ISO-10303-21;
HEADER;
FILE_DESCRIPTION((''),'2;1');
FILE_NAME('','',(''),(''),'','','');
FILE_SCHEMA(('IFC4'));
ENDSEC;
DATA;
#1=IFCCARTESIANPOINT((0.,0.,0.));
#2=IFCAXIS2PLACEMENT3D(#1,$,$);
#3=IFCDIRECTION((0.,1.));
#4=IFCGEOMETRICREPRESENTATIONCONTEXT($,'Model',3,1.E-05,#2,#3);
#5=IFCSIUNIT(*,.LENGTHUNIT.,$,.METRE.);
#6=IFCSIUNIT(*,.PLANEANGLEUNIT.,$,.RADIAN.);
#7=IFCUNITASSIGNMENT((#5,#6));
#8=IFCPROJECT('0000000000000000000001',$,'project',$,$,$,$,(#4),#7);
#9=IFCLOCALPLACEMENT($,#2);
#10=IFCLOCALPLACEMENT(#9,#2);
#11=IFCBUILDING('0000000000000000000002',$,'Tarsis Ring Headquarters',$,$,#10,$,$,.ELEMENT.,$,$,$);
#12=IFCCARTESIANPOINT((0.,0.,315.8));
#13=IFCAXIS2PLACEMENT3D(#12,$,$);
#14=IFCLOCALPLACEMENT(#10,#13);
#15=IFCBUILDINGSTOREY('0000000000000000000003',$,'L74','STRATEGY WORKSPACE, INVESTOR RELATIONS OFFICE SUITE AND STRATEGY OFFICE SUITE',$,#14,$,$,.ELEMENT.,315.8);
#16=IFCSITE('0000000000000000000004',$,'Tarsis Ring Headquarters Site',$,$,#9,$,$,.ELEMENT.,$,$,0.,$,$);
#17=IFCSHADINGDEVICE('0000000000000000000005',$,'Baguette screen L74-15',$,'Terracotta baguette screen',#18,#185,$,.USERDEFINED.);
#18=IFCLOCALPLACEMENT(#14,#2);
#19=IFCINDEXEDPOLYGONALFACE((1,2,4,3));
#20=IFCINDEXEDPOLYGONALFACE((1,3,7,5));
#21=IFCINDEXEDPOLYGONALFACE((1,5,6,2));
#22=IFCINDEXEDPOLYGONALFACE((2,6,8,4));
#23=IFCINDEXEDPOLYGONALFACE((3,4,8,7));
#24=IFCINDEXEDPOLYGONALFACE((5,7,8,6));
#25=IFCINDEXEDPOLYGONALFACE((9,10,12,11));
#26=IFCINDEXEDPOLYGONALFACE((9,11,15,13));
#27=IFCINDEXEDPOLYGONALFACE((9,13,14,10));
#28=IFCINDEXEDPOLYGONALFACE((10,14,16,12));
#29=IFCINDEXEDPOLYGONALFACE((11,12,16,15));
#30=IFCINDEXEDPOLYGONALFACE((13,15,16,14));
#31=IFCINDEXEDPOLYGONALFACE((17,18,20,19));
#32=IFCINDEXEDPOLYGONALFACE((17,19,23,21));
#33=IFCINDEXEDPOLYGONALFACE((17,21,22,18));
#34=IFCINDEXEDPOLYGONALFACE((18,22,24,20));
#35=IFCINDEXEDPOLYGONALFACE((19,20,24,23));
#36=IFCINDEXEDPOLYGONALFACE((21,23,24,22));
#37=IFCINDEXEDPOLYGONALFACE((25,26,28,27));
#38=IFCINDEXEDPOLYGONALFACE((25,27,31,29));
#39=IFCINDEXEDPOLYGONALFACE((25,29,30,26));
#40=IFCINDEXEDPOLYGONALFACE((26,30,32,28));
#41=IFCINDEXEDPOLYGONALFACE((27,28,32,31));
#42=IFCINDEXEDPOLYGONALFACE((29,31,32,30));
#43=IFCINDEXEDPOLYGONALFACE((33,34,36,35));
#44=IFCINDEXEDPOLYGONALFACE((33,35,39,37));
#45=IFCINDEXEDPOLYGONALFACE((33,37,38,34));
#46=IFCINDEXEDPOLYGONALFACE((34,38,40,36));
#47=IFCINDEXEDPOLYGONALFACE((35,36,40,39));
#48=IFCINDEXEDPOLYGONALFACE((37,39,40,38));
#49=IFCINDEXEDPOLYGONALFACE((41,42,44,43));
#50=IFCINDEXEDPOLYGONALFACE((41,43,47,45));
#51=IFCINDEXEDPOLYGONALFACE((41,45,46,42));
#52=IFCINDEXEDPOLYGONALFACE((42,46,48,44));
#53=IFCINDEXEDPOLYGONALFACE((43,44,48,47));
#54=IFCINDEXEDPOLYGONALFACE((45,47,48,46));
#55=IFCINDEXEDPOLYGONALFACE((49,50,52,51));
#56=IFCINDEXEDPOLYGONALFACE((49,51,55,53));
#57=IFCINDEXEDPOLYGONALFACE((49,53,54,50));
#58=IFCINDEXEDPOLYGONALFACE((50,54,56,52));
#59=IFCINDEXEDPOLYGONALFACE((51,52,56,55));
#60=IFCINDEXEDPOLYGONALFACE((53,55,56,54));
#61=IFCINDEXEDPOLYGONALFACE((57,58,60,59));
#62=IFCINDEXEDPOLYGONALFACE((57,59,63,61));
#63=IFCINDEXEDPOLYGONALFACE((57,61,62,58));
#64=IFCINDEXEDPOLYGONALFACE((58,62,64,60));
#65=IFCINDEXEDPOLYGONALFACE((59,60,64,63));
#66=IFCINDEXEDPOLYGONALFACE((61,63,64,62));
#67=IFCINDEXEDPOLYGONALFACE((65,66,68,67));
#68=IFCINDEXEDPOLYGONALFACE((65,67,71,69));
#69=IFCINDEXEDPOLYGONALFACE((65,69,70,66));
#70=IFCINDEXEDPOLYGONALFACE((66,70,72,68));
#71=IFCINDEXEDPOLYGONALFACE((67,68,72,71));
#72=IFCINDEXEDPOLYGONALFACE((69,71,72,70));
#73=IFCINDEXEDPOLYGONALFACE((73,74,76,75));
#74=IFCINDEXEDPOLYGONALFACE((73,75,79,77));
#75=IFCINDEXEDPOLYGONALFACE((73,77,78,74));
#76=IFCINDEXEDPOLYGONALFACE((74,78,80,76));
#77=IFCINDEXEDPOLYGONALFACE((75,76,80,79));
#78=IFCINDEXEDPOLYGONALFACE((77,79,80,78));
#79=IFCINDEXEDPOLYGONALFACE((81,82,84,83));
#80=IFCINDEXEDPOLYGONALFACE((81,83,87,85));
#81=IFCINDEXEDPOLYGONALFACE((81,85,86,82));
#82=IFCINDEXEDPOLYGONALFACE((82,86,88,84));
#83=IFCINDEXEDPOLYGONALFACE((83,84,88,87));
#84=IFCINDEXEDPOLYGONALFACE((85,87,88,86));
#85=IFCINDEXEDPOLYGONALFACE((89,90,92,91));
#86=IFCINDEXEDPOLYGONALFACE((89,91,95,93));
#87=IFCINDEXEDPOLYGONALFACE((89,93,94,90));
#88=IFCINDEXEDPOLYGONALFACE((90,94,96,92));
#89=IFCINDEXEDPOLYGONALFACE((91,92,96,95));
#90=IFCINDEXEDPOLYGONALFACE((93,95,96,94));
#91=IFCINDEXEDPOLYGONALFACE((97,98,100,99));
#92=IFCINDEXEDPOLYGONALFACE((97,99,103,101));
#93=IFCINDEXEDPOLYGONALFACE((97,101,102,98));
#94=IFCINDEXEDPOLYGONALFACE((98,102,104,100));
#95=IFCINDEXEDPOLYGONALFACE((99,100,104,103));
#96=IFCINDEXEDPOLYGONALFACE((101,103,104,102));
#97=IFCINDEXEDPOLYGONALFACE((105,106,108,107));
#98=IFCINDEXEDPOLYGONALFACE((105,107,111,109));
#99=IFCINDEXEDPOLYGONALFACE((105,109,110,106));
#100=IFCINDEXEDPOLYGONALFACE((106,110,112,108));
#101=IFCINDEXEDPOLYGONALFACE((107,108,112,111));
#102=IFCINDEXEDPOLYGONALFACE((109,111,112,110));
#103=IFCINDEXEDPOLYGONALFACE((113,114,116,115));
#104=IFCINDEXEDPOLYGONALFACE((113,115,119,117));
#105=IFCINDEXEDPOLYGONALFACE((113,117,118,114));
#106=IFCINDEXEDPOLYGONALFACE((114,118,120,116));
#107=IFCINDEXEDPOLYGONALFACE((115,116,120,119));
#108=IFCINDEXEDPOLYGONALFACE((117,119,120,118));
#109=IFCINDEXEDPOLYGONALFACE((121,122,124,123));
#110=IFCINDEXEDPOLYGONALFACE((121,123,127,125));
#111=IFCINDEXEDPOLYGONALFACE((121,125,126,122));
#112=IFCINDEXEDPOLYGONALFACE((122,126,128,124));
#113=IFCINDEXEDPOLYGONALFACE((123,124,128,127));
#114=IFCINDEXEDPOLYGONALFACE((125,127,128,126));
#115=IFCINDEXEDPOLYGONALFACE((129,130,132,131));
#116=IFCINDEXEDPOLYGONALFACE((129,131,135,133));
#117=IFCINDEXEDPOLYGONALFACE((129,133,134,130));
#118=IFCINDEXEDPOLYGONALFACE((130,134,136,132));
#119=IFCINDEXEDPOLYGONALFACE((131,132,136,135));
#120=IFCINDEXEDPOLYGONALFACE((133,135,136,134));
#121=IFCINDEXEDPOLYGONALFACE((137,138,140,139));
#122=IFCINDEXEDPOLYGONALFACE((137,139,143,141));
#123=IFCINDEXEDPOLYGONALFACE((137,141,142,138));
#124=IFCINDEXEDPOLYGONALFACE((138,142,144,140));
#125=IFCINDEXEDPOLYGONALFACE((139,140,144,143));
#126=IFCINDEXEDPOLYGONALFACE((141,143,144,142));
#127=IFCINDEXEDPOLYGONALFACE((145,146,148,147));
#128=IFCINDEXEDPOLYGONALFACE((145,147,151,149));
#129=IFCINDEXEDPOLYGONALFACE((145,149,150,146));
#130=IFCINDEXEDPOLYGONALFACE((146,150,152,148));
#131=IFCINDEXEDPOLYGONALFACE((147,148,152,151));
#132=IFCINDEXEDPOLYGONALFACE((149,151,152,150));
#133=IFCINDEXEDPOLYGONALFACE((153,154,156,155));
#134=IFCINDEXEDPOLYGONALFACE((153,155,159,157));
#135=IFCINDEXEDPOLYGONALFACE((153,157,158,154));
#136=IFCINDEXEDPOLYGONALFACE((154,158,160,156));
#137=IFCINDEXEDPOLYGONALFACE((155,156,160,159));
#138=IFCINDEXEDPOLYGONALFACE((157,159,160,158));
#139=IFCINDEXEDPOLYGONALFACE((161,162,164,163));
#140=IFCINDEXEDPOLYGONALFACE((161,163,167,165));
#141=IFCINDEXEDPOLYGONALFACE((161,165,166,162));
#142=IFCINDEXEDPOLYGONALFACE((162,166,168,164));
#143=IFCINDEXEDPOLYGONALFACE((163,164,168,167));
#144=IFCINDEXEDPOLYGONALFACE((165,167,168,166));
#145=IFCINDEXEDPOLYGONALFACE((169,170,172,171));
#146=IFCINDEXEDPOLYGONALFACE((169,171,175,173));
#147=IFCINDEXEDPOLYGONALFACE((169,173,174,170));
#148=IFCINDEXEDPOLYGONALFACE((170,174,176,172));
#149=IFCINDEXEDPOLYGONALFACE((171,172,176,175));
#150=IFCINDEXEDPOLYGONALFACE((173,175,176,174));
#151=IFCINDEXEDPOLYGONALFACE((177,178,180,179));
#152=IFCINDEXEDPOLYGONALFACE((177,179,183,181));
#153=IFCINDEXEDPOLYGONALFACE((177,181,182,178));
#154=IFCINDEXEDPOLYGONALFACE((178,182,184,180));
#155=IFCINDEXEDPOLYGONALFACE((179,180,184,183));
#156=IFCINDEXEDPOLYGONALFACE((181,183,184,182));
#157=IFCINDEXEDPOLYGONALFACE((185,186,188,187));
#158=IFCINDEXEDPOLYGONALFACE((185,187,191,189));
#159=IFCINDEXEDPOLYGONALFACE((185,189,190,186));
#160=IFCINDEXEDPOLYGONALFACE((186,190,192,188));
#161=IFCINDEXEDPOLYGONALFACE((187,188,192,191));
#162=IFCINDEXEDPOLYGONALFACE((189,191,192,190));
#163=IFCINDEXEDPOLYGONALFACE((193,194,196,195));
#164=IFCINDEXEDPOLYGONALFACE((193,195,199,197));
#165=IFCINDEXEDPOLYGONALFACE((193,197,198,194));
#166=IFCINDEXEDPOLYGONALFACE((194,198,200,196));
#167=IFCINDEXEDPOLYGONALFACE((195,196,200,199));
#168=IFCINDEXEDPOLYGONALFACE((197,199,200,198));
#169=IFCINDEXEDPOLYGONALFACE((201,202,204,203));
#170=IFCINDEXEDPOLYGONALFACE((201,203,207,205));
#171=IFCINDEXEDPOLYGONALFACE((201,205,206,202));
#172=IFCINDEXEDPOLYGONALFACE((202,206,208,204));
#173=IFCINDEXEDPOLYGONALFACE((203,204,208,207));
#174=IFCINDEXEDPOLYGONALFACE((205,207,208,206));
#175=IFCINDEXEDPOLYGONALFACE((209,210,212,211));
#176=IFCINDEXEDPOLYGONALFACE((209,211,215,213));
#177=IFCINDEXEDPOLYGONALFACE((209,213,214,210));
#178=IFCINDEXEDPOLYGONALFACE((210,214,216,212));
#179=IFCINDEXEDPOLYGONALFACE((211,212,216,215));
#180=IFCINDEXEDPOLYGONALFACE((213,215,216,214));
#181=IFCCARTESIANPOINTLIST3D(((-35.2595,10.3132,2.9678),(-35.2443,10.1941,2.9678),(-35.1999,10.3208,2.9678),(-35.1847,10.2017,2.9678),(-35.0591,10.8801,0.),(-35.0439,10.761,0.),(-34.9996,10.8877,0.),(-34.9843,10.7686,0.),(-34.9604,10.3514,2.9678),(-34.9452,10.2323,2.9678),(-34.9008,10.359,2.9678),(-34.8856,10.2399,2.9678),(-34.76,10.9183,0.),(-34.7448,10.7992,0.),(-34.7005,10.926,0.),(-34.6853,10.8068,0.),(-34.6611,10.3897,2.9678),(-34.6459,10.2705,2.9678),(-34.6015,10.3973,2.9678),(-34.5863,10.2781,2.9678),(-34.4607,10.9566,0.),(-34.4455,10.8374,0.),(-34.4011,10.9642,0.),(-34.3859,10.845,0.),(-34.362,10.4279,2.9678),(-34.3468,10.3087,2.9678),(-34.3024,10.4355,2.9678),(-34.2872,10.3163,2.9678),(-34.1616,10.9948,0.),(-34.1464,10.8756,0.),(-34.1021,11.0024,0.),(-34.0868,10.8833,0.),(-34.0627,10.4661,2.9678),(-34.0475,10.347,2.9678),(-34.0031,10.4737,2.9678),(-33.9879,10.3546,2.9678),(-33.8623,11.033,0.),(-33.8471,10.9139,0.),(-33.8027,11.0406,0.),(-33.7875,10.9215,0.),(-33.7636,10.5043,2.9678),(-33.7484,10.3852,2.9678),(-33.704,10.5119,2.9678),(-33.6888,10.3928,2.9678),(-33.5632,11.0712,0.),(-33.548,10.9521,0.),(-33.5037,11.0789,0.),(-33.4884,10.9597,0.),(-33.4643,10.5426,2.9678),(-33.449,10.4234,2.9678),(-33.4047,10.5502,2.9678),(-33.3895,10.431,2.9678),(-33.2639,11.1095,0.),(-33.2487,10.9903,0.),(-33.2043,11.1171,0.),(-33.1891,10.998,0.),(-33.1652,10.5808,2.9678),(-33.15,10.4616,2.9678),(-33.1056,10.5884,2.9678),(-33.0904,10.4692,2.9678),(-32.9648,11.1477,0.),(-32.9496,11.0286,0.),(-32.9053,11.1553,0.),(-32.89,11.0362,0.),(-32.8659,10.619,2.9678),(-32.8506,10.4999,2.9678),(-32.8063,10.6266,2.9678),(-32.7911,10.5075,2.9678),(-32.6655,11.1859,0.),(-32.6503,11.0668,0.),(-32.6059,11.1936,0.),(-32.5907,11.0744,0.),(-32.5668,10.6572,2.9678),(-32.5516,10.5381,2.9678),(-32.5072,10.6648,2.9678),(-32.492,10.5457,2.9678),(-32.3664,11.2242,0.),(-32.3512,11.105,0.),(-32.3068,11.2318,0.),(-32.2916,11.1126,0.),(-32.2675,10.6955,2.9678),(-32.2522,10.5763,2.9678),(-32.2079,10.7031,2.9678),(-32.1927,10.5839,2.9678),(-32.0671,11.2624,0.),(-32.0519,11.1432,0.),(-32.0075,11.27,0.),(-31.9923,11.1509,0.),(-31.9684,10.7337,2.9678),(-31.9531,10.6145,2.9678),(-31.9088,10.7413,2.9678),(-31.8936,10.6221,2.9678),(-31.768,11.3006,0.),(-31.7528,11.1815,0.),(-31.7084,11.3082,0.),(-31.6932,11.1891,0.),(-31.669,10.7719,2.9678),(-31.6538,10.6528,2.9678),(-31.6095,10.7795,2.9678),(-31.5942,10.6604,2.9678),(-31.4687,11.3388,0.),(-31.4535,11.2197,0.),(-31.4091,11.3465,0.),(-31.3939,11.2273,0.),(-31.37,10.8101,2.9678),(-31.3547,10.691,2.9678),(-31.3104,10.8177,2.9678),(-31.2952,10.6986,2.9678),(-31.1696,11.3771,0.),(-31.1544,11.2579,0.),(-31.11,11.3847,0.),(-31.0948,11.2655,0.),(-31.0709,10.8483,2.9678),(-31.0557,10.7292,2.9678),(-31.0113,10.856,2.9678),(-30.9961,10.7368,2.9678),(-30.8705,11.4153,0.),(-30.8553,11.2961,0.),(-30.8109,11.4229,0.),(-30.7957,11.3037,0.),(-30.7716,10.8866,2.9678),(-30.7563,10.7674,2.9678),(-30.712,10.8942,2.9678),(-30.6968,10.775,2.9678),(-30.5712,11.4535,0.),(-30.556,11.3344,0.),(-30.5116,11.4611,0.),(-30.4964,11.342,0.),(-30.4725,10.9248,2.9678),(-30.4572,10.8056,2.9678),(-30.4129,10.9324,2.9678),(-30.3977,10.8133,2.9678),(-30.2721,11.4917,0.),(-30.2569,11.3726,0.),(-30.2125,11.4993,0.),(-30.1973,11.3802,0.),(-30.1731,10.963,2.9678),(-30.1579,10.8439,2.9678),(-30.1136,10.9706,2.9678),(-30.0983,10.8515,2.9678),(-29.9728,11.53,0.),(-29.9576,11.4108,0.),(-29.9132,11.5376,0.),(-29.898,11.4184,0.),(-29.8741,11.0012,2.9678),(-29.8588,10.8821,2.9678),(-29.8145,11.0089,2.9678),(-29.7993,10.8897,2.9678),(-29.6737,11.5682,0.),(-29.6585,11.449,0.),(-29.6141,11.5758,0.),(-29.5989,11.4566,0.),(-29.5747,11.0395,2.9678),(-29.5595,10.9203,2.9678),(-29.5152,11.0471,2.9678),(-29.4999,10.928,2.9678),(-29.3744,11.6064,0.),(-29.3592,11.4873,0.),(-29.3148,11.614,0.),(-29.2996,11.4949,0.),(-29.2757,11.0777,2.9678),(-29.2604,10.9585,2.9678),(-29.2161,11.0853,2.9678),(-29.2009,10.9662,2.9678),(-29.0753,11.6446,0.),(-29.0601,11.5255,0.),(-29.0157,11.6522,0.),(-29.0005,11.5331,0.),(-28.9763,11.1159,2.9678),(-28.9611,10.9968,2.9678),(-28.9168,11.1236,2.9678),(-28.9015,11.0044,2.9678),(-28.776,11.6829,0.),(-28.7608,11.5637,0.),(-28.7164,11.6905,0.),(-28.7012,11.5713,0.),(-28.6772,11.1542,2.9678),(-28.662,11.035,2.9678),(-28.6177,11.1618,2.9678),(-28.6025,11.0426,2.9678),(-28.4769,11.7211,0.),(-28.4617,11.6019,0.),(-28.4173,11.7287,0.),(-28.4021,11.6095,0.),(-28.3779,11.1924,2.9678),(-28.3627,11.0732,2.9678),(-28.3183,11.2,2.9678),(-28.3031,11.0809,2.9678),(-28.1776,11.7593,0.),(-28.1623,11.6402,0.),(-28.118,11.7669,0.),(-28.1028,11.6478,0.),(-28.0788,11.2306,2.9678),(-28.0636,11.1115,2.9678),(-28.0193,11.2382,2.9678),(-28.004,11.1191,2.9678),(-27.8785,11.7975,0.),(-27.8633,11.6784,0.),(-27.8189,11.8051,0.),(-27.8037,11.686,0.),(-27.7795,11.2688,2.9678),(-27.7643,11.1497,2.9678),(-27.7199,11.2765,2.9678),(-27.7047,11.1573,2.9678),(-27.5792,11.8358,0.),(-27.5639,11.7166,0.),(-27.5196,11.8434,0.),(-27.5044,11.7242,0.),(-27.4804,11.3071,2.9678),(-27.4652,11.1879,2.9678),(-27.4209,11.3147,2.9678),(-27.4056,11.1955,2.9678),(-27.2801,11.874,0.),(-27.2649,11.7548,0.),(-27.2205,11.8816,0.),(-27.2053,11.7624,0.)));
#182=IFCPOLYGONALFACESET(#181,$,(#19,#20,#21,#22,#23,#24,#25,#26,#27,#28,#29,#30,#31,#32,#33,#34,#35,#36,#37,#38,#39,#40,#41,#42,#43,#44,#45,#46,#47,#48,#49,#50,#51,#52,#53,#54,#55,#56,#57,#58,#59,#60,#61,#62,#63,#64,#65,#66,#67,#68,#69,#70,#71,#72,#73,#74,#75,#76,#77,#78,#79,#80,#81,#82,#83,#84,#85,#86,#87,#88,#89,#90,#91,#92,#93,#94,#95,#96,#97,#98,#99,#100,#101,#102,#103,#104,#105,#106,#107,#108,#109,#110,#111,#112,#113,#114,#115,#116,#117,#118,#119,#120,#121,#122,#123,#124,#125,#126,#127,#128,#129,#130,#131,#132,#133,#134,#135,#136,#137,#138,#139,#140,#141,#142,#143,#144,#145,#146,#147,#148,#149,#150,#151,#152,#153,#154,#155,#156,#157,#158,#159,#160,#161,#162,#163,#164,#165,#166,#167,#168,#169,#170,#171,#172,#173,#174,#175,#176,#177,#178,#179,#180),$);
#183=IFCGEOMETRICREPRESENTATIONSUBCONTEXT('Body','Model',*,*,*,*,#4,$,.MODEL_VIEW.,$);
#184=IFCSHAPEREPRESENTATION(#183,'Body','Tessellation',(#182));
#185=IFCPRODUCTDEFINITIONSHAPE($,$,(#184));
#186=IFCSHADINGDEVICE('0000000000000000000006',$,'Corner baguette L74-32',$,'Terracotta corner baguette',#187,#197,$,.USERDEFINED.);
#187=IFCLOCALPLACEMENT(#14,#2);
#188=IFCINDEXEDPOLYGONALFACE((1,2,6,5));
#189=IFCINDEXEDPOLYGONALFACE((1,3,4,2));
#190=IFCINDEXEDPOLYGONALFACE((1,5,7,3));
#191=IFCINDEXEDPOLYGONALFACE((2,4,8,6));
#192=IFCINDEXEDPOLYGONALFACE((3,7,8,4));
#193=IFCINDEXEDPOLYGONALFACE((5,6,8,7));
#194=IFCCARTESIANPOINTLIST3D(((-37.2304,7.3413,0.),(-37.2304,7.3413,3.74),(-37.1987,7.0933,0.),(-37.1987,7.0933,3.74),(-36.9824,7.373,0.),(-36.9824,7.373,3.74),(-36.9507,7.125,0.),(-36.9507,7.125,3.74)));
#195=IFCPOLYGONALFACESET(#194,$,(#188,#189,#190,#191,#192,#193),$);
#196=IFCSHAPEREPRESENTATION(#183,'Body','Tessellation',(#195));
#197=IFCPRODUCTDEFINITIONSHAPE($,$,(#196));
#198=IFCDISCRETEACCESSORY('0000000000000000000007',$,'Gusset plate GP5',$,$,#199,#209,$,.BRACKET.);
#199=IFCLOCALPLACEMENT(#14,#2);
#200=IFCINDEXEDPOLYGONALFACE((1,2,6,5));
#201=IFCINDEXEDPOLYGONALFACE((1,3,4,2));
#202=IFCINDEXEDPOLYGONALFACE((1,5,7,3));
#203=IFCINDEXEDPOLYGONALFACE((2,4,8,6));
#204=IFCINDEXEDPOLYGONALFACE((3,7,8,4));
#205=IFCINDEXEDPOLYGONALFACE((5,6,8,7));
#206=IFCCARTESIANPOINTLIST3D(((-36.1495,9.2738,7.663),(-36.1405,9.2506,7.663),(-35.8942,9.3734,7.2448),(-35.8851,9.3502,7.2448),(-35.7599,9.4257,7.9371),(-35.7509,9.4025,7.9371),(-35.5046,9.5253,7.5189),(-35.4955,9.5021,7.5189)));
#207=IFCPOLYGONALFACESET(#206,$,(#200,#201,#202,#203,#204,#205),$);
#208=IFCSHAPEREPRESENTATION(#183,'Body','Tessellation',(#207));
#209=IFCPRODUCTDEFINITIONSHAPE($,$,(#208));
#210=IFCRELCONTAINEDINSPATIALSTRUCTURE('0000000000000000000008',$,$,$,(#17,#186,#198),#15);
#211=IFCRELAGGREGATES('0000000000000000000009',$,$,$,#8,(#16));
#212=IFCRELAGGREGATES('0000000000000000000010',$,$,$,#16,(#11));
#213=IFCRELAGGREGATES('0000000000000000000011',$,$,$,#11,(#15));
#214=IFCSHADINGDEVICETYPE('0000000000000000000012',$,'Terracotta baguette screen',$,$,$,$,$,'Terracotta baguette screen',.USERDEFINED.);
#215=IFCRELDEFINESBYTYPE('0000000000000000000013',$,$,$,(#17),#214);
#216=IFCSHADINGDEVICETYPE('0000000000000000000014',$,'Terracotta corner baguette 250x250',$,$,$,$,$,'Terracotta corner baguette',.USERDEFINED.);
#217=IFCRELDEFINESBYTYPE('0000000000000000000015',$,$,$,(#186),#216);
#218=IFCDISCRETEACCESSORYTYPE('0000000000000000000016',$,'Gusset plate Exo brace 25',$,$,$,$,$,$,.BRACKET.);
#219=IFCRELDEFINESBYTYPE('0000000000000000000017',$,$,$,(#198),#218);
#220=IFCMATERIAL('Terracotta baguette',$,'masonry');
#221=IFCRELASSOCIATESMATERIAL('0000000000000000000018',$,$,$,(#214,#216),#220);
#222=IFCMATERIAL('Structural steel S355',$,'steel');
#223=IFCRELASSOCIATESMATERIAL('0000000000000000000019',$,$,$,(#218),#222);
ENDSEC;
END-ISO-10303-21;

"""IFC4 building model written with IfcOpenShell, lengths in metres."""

from ifc_helpers import new_model, si_unit, direction, frame, frame_2d, origin, origin_2d, place, context, subcontext, project, spatial, rectangle, composite_profile, extrude, material, material_profile, profile_set, type_object, element, save


model = new_model("IFC4")

# Units and contexts
model_context = context("Model", 3, precision=1e-05, world=origin(), true_north=direction((0.0, 1.0)))
body_context = subcontext(model_context, "Body", "Model", "MODEL_VIEW")
ifc_project = project(units=[si_unit("LENGTHUNIT", "METRE"), si_unit("PLANEANGLEUNIT", "RADIAN")], contexts=[model_context])

# Site, building, storey
site_placement = place(None, origin())
site = spatial("IfcSite", under=ifc_project, at=site_placement, Name="Tarsis Ring Headquarters Site", CompositionType="ELEMENT", RefElevation=0.0)
building_placement = place(site_placement, origin())
building = spatial("IfcBuilding", under=site, at=building_placement, Name="Tarsis Ring Headquarters", CompositionType="ELEMENT")
storey_placement = place(building_placement, frame((0.0, 0.0, 315.8)))
storey = spatial("IfcBuildingStorey", under=building, at=storey_placement, Name="L74", Description="STRATEGY WORKSPACE, INVESTOR RELATIONS OFFICE SUITE AND STRATEGY OFFICE SUITE", CompositionType="ELEMENT", Elevation=315.8)

# Shared definitions
ifc_material_1 = material(Name="Structural steel S355", Category="steel")

# Shading devices
ifc_material_2 = material(Name="Terracotta baguette", Category="masonry")
shading_device_type_1 = type_object("IfcShadingDeviceType", Name="Terracotta baguette screen", ElementType="Terracotta baguette screen", PredefinedType="USERDEFINED", material=ifc_material_2)
shading_device_1_placement = place(storey_placement, frame((-27.2129, 11.822, 0.0), z_axis=(0.0, 0.0, 1.0), x_axis=(-0.991936, -0.12673, 0.0)))
element("IfcShadingDevice", 1, at=shading_device_1_placement, inside=storey, type_object=shading_device_type_1, Name="Baguette screen L74-15", ObjectType="Terracotta baguette screen", PredefinedType="USERDEFINED", context=body_context, shape_type="SweptSolid", body=[
    extrude(composite_profile([rectangle(XDim=0.0601, YDim=0.1201, at=frame_2d((0.03, 0.0))), rectangle(XDim=0.0601, YDim=0.1201, at=frame_2d((0.3315, 0.0))), rectangle(XDim=0.0601, YDim=0.1201, at=frame_2d((0.6333, 0.0))), rectangle(XDim=0.0601, YDim=0.1201, at=frame_2d((0.9348, 0.0))), rectangle(XDim=0.0601, YDim=0.1201, at=frame_2d((1.2366, 0.0))), rectangle(XDim=0.0601, YDim=0.1201, at=frame_2d((1.5381, 0.0))), rectangle(XDim=0.0601, YDim=0.1201, at=frame_2d((1.8398, 0.0))), rectangle(XDim=0.0601, YDim=0.1201, at=frame_2d((2.1414, 0.0))), rectangle(XDim=0.0601, YDim=0.1201, at=frame_2d((2.4431, 0.0))), rectangle(XDim=0.0601, YDim=0.1201, at=frame_2d((2.7446, 0.0))), rectangle(XDim=0.0601, YDim=0.1201, at=frame_2d((3.0464, 0.0))), rectangle(XDim=0.0601, YDim=0.1201, at=frame_2d((3.3479, 0.0))), rectangle(XDim=0.0601, YDim=0.1201, at=frame_2d((3.6497, 0.0))), rectangle(XDim=0.0601, YDim=0.1201, at=frame_2d((3.9512, 0.0))), rectangle(XDim=0.0601, YDim=0.1201, at=frame_2d((4.2527, 0.0))), rectangle(XDim=0.0601, YDim=0.1201, at=frame_2d((4.5544, 0.0))), rectangle(XDim=0.0601, YDim=0.1201, at=frame_2d((4.856, 0.0))), rectangle(XDim=0.0601, YDim=0.1201, at=frame_2d((5.1577, 0.0))), rectangle(XDim=0.0601, YDim=0.1201, at=frame_2d((5.4592, 0.0))), rectangle(XDim=0.0601, YDim=0.1201, at=frame_2d((5.761, 0.0))), rectangle(XDim=0.0601, YDim=0.1201, at=frame_2d((6.0625, 0.0))), rectangle(XDim=0.0601, YDim=0.1201, at=frame_2d((6.3643, 0.0))), rectangle(XDim=0.0601, YDim=0.1201, at=frame_2d((6.6658, 0.0))), rectangle(XDim=0.0601, YDim=0.1201, at=frame_2d((6.9675, 0.0))), rectangle(XDim=0.0601, YDim=0.1201, at=frame_2d((7.269, 0.0))), rectangle(XDim=0.0601, YDim=0.1201, at=frame_2d((7.5708, 0.0))), rectangle(XDim=0.0601, YDim=0.1201, at=frame_2d((7.8723, 0.0)))]), origin(), (0.08936, 0.177329, 0.980086), 3.0281),
])
shading_device_type_2 = type_object("IfcShadingDeviceType", Name="Terracotta corner baguette 250x250", ElementType="Terracotta corner baguette", PredefinedType="USERDEFINED", material=ifc_material_2)
shading_device_2_placement = place(storey_placement, frame((-37.0906, 7.2332, 0.0), z_axis=(0.0, 0.0, 1.0), x_axis=(-0.991939, -0.126718, 0.0)))
element("IfcShadingDevice", 2, at=shading_device_2_placement, inside=storey, type_object=shading_device_type_2, Name="Corner baguette L74-32", ObjectType="Terracotta corner baguette", PredefinedType="USERDEFINED", context=body_context, shape_type="SweptSolid", body=[
    extrude(rectangle(XDim=0.25, YDim=0.25, at=origin_2d()), origin(), (0.0, 0.0, 1.0), 3.74),
])

# Discrete accessory
ifc_material_profile_1 = material_profile(ifc_material_1, rectangle(XDim=0.0249, YDim=0.5, at=origin_2d()), Name="PL 25x500")
ifc_profile_set_1 = profile_set([ifc_material_profile_1], Name="Structural steel S355")
discrete_accessory_type = type_object("IfcDiscreteAccessoryType", Name="Gusset plate Exo brace 25", PredefinedType="BRACKET", material=ifc_profile_set_1)
for number, where, z_axis, x_axis, name in (
    (3, (-35.9502, 9.3381, 7.8), (0.510703, 0.199203, -0.836361), (-0.363392, 0.931636, 0.0), "Gusset plate GP5"),
):
    element("IfcDiscreteAccessory", number, at=place(storey_placement, frame(where, z_axis=z_axis, x_axis=x_axis)), inside=storey, type_object=discrete_accessory_type, Name=name, PredefinedType="BRACKET", context=body_context, shape_type="SweptSolid", body=[
        extrude(rectangle(XDim=0.0249, YDim=0.5, at=origin_2d()), origin(), (0.0, 0.0, 1.0), 0.5),
    ])

save(model, "model.ifc")
